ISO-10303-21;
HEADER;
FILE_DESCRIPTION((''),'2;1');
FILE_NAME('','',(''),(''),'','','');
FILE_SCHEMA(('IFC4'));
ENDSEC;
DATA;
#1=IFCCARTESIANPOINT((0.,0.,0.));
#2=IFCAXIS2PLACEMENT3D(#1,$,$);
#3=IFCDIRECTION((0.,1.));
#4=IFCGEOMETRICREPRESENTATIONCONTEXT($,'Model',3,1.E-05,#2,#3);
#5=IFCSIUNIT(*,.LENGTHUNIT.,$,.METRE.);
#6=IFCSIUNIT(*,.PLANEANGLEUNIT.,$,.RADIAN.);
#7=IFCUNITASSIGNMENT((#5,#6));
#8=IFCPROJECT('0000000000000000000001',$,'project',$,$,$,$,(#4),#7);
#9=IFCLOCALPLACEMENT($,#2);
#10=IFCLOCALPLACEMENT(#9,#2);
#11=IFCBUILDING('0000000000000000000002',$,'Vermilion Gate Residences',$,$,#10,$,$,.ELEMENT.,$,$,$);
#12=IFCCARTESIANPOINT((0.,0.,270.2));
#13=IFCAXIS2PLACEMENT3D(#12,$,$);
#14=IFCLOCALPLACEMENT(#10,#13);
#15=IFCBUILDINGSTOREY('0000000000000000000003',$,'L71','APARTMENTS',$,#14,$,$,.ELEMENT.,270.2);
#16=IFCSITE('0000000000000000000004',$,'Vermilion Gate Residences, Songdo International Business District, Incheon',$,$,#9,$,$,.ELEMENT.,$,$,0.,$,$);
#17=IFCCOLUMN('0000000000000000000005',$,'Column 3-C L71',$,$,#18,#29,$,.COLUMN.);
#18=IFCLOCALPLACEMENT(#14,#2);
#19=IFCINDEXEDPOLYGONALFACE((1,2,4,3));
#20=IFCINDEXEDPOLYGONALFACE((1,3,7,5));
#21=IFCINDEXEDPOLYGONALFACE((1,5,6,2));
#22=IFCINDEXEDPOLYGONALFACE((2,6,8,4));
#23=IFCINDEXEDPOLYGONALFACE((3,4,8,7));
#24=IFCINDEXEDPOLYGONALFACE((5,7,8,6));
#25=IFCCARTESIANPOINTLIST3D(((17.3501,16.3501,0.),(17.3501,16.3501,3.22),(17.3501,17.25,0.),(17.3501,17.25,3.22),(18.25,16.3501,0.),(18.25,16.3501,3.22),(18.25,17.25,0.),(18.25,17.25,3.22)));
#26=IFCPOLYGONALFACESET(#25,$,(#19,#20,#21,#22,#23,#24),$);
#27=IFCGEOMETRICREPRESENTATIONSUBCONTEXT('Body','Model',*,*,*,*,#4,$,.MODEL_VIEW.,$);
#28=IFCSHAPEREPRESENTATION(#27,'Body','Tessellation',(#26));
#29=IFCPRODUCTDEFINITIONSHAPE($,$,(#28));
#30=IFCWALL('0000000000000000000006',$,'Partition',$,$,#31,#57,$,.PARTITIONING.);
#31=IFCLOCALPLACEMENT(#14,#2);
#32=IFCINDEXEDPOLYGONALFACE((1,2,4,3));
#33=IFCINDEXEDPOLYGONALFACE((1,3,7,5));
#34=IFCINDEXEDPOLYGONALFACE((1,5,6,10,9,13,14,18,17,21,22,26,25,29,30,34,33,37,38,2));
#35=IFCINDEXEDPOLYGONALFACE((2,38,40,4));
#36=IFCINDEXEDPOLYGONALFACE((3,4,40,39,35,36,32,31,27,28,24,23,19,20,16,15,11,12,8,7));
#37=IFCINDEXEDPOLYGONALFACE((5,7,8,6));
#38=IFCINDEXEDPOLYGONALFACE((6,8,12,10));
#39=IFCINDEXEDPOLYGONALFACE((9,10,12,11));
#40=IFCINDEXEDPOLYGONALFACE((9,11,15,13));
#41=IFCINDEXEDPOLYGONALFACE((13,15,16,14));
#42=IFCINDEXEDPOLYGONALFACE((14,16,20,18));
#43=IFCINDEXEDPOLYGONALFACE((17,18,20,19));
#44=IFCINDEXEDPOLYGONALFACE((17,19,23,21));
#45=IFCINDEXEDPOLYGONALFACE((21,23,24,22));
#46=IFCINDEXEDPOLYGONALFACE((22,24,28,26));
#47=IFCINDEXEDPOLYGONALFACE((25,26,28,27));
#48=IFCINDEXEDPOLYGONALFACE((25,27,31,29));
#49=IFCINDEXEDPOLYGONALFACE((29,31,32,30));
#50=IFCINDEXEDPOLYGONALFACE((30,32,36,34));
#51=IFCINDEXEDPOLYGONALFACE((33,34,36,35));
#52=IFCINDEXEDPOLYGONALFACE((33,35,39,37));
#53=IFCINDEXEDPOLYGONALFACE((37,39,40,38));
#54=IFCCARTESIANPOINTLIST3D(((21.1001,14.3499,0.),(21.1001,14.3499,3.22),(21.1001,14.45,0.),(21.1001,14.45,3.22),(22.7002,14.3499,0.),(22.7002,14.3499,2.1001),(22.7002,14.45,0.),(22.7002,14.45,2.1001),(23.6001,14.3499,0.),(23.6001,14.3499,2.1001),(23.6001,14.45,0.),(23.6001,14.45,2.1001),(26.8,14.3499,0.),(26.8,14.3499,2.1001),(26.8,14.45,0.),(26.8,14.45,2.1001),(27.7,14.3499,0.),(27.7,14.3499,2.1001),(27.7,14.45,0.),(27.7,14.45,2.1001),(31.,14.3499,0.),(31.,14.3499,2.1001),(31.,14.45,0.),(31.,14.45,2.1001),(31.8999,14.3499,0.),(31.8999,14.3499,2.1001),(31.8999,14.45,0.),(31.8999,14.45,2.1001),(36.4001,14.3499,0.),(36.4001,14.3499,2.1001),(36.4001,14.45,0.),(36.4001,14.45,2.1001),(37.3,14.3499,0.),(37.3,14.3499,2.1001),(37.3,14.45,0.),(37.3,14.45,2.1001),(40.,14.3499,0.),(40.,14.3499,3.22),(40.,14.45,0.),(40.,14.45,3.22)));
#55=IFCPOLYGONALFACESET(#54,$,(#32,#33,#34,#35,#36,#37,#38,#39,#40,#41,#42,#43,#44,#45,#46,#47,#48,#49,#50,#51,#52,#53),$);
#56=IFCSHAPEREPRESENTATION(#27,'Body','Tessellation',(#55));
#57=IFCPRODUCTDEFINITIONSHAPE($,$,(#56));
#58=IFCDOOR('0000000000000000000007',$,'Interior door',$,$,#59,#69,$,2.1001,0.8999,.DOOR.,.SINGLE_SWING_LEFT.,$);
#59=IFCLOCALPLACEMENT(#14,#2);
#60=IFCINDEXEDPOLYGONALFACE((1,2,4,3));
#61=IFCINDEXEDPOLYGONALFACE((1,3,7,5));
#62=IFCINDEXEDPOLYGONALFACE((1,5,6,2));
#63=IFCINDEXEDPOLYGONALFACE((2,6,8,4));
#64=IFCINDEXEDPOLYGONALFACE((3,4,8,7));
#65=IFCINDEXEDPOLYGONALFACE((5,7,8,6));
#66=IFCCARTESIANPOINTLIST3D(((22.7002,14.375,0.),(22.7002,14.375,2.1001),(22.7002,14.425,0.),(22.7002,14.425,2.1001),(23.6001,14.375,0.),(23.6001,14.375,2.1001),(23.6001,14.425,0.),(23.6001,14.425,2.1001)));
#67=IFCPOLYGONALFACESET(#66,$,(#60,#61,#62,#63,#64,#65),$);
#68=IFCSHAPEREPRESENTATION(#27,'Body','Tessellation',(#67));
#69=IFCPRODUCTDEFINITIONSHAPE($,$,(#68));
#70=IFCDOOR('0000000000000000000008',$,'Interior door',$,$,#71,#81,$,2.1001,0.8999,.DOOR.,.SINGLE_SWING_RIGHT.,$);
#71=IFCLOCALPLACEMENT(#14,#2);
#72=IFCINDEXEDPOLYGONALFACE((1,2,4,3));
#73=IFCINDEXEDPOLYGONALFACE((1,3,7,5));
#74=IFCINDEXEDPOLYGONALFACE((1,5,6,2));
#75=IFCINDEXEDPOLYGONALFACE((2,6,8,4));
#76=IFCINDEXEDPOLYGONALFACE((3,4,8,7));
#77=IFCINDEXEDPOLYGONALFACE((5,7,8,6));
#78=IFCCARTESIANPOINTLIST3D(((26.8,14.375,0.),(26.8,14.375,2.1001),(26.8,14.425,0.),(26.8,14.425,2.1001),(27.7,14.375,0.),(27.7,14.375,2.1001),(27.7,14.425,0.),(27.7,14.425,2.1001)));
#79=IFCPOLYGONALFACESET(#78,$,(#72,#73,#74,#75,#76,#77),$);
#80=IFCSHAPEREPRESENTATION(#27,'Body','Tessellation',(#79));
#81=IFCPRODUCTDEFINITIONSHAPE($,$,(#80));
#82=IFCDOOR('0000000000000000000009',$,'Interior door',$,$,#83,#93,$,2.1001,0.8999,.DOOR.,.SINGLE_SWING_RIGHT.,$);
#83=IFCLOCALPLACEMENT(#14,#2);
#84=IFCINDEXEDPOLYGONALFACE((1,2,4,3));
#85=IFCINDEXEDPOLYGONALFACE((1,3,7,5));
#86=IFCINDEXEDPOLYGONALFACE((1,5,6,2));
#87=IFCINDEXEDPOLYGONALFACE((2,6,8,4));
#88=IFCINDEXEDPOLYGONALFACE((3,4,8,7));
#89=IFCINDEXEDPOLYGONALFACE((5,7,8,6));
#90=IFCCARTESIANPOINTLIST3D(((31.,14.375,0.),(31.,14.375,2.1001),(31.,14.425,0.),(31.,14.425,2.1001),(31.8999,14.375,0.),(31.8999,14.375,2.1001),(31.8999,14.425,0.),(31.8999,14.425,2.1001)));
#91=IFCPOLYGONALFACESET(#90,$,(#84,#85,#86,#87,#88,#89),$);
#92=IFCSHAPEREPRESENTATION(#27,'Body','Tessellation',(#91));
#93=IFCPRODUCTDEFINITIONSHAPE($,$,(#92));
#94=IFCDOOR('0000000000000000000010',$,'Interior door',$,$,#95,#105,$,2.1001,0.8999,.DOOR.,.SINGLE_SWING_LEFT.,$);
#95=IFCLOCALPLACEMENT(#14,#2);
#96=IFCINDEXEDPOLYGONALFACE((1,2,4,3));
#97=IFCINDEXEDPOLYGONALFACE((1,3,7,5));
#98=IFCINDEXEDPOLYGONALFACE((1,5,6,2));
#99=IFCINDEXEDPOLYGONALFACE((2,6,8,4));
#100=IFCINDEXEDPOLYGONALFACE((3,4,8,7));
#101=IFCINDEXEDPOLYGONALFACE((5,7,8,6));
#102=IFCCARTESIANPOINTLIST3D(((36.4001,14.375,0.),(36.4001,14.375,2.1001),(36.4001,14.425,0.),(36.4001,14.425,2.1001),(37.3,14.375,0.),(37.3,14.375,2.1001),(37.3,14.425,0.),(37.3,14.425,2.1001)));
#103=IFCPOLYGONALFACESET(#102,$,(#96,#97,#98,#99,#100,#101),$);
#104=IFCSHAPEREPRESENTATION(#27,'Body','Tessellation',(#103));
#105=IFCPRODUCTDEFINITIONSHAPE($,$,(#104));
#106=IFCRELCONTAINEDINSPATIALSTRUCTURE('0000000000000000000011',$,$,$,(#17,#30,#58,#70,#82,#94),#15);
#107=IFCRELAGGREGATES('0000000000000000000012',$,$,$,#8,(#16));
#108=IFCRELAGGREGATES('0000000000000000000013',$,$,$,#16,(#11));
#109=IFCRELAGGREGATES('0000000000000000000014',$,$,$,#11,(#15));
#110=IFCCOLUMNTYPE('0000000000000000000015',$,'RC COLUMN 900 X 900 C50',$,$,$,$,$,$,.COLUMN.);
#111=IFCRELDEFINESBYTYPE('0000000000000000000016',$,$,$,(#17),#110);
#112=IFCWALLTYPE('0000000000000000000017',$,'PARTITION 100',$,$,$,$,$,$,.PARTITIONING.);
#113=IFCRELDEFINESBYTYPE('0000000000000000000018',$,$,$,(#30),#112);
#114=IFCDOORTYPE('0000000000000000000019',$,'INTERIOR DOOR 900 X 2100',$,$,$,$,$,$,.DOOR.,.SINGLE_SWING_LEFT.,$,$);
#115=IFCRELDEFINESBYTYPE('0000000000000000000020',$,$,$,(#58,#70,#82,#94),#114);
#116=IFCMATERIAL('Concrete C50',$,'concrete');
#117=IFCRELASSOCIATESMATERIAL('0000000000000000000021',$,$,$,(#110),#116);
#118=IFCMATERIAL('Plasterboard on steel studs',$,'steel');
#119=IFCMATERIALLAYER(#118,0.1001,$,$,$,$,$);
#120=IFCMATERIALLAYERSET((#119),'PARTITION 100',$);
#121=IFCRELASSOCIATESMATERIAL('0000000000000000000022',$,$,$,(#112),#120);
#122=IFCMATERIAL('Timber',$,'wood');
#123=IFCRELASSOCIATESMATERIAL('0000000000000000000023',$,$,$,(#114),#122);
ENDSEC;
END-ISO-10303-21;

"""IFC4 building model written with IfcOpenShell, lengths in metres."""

from ifc_helpers import new_model, si_unit, direction, frame, frame_2d, origin, origin_2d, place, context, subcontext, project, spatial, rectangle, extrude, material, layer, layer_set, material_profile, profile_set, type_object, element, fill, save


model = new_model("IFC4")

# Units and contexts
model_context = context("Model", 3, precision=1e-05, world=origin(), true_north=direction((0.0, 1.0)))
body_context = subcontext(model_context, "Body", "Model", "MODEL_VIEW")
ifc_project = project(units=[si_unit("LENGTHUNIT", "METRE"), si_unit("PLANEANGLEUNIT", "RADIAN")], contexts=[model_context])

# Site, building, storey
site_placement = place(None, origin())
site = spatial("IfcSite", under=ifc_project, at=site_placement, Name="Vermilion Gate Residences, Songdo International Business District, Incheon", CompositionType="ELEMENT", RefElevation=0.0)
building_placement = place(site_placement, origin())
building = spatial("IfcBuilding", under=site, at=building_placement, Name="Vermilion Gate Residences", CompositionType="ELEMENT")
storey_placement = place(building_placement, frame((0.0, 0.0, 270.2)))
storey = spatial("IfcBuildingStorey", under=building, at=storey_placement, Name="L71", Description="APARTMENTS", CompositionType="ELEMENT", Elevation=270.2)

# Column
ifc_material_1 = material(Name="Concrete C50", Category="concrete")
ifc_material_profile = material_profile(ifc_material_1, rectangle(XDim=0.8999, YDim=0.8999, at=origin_2d()), Name="RC-900x900")
ifc_profile_set = profile_set([ifc_material_profile], Name="Concrete C50")
column_type = type_object("IfcColumnType", Name="RC COLUMN 900 X 900 C50", PredefinedType="COLUMN", material=ifc_profile_set)
column_placement = place(storey_placement, frame((17.8, 16.8, 0.0), z_axis=(0.0, 0.0, 1.0), x_axis=(1.0, 0.0, 0.0)))
element("IfcColumn", 1, at=column_placement, inside=storey, type_object=column_type, Name="Column 3-C L71", PredefinedType="COLUMN", context=body_context, shape_type="SweptSolid", body=[
    extrude(rectangle(XDim=0.8999, YDim=0.8999, at=origin_2d()), origin(), (0.0, 0.0, 1.0), 3.22),
])

# Wall, openings, doors
ifc_material_2 = material(Name="Plasterboard on steel studs", Category="steel")
ifc_layer_1 = layer(ifc_material_2, 0.1001)
ifc_layer_set_1 = layer_set([ifc_layer_1], Name="PARTITION 100")
wall_type_1 = type_object("IfcWallType", Name="PARTITION 100", PredefinedType="PARTITIONING", material=ifc_layer_set_1)
wall_1_placement = place(storey_placement, frame((21.1001, 14.3999, 0.0), z_axis=(0.0, 0.0, 1.0), x_axis=(1.0, 0.0, 0.0)))
wall_1 = element("IfcWall", 2, at=wall_1_placement, inside=storey, type_object=wall_type_1, Name="Partition", PredefinedType="PARTITIONING", context=body_context, shape_type="SweptSolid", body=[
    extrude(rectangle(XDim=18.8999, YDim=0.1001, at=frame_2d((9.45, 0.0))), origin(), (0.0, 0.0, 1.0), 3.22),
])
opening_1_placement = place(wall_1_placement, frame((1.6001, 0.0, 0.0)))
opening_1 = element("IfcOpeningElement", 3, at=opening_1_placement, cuts=wall_1, PredefinedType="OPENING", context=body_context, shape_type="SweptSolid", body=[
    extrude(rectangle(XDim=0.8999, YDim=2.1001, at=frame_2d((0.45, 1.05))), frame((0.0, 0.0601, 0.0), z_axis=(0.0, -1.0, 0.0), x_axis=(1.0, 0.0, 0.0)), (0.0, 0.0, 1.0), 0.1201),
])
opening_2_placement = place(wall_1_placement, frame((5.7, 0.0, 0.0)))
opening_2 = element("IfcOpeningElement", 4, at=opening_2_placement, cuts=wall_1, PredefinedType="OPENING", context=body_context, shape_type="SweptSolid", body=[
    extrude(rectangle(XDim=0.8999, YDim=2.1001, at=frame_2d((0.45, 1.05))), frame((0.0, 0.0601, 0.0), z_axis=(0.0, -1.0, 0.0), x_axis=(1.0, 0.0, 0.0)), (0.0, 0.0, 1.0), 0.1201),
])
opening_3_placement = place(wall_1_placement, frame((9.8999, 0.0, 0.0)))
opening_3 = element("IfcOpeningElement", 5, at=opening_3_placement, cuts=wall_1, PredefinedType="OPENING", context=body_context, shape_type="SweptSolid", body=[
    extrude(rectangle(XDim=0.8999, YDim=2.1001, at=frame_2d((0.45, 1.05))), frame((0.0, 0.0601, 0.0), z_axis=(0.0, -1.0, 0.0), x_axis=(1.0, 0.0, 0.0)), (0.0, 0.0, 1.0), 0.1201),
])
opening_4_placement = place(wall_1_placement, frame((15.3, 0.0, 0.0)))
opening_4 = element("IfcOpeningElement", 6, at=opening_4_placement, cuts=wall_1, PredefinedType="OPENING", context=body_context, shape_type="SweptSolid", body=[
    extrude(rectangle(XDim=0.8999, YDim=2.1001, at=frame_2d((0.45, 1.05))), frame((0.0, 0.0601, 0.0), z_axis=(0.0, -1.0, 0.0), x_axis=(1.0, 0.0, 0.0)), (0.0, 0.0, 1.0), 0.1201),
])
ifc_material_3 = material(Name="Timber", Category="wood")
door_type_1 = type_object("IfcDoorType", Name="INTERIOR DOOR 900 X 2100", OperationType="SINGLE_SWING_LEFT", PredefinedType="DOOR", material=ifc_material_3)
door_1_placement = place(opening_1_placement, frame((0.8999, 0.0, 0.0), z_axis=(0.0, 0.0, 1.0), x_axis=(-1.0, 0.0, 0.0)))
door_1 = element("IfcDoor", 7, at=door_1_placement, inside=storey, type_object=door_type_1, Name="Interior door", OperationType="SINGLE_SWING_LEFT", OverallHeight=2.1001, OverallWidth=0.8999, PredefinedType="DOOR", context=body_context, shape_type="SweptSolid", body=[
    extrude(rectangle(XDim=0.8999, YDim=2.1001, at=frame_2d((0.45, 1.05))), frame((0.0, 0.0249, 0.0), z_axis=(0.0, -1.0, 0.0), x_axis=(1.0, 0.0, 0.0)), (0.0, 0.0, 1.0), 0.05),
])
fill(opening_1, door_1)
door_2_placement = place(opening_2_placement, frame((0.8999, 0.0, 0.0), z_axis=(0.0, 0.0, 1.0), x_axis=(-1.0, 0.0, 0.0)))
door_2 = element("IfcDoor", 8, at=door_2_placement, inside=storey, type_object=door_type_1, Name="Interior door", OperationType="SINGLE_SWING_RIGHT", OverallHeight=2.1001, OverallWidth=0.8999, PredefinedType="DOOR", context=body_context, shape_type="SweptSolid", body=[
    extrude(rectangle(XDim=0.8999, YDim=2.1001, at=frame_2d((0.45, 1.05))), frame((0.0, 0.0249, 0.0), z_axis=(0.0, -1.0, 0.0), x_axis=(1.0, 0.0, 0.0)), (0.0, 0.0, 1.0), 0.05),
])
fill(opening_2, door_2)
door_3_placement = place(opening_3_placement, frame((0.8999, 0.0, 0.0), z_axis=(0.0, 0.0, 1.0), x_axis=(-1.0, 0.0, 0.0)))
door_3 = element("IfcDoor", 9, at=door_3_placement, inside=storey, type_object=door_type_1, Name="Interior door", OperationType="SINGLE_SWING_RIGHT", OverallHeight=2.1001, OverallWidth=0.8999, PredefinedType="DOOR", context=body_context, shape_type="SweptSolid", body=[
    extrude(rectangle(XDim=0.8999, YDim=2.1001, at=frame_2d((0.45, 1.05))), frame((0.0, 0.0249, 0.0), z_axis=(0.0, -1.0, 0.0), x_axis=(1.0, 0.0, 0.0)), (0.0, 0.0, 1.0), 0.05),
])
fill(opening_3, door_3)
door_4_placement = place(opening_4_placement, frame((0.8999, 0.0, 0.0), z_axis=(0.0, 0.0, 1.0), x_axis=(-1.0, 0.0, 0.0)))
door_4 = element("IfcDoor", 10, at=door_4_placement, inside=storey, type_object=door_type_1, Name="Interior door", OperationType="SINGLE_SWING_LEFT", OverallHeight=2.1001, OverallWidth=0.8999, PredefinedType="DOOR", context=body_context, shape_type="SweptSolid", body=[
    extrude(rectangle(XDim=0.8999, YDim=2.1001, at=frame_2d((0.45, 1.05))), frame((0.0, 0.0249, 0.0), z_axis=(0.0, -1.0, 0.0), x_axis=(1.0, 0.0, 0.0)), (0.0, 0.0, 1.0), 0.05),
])
fill(opening_4, door_4)

save(model, "model.ifc")
